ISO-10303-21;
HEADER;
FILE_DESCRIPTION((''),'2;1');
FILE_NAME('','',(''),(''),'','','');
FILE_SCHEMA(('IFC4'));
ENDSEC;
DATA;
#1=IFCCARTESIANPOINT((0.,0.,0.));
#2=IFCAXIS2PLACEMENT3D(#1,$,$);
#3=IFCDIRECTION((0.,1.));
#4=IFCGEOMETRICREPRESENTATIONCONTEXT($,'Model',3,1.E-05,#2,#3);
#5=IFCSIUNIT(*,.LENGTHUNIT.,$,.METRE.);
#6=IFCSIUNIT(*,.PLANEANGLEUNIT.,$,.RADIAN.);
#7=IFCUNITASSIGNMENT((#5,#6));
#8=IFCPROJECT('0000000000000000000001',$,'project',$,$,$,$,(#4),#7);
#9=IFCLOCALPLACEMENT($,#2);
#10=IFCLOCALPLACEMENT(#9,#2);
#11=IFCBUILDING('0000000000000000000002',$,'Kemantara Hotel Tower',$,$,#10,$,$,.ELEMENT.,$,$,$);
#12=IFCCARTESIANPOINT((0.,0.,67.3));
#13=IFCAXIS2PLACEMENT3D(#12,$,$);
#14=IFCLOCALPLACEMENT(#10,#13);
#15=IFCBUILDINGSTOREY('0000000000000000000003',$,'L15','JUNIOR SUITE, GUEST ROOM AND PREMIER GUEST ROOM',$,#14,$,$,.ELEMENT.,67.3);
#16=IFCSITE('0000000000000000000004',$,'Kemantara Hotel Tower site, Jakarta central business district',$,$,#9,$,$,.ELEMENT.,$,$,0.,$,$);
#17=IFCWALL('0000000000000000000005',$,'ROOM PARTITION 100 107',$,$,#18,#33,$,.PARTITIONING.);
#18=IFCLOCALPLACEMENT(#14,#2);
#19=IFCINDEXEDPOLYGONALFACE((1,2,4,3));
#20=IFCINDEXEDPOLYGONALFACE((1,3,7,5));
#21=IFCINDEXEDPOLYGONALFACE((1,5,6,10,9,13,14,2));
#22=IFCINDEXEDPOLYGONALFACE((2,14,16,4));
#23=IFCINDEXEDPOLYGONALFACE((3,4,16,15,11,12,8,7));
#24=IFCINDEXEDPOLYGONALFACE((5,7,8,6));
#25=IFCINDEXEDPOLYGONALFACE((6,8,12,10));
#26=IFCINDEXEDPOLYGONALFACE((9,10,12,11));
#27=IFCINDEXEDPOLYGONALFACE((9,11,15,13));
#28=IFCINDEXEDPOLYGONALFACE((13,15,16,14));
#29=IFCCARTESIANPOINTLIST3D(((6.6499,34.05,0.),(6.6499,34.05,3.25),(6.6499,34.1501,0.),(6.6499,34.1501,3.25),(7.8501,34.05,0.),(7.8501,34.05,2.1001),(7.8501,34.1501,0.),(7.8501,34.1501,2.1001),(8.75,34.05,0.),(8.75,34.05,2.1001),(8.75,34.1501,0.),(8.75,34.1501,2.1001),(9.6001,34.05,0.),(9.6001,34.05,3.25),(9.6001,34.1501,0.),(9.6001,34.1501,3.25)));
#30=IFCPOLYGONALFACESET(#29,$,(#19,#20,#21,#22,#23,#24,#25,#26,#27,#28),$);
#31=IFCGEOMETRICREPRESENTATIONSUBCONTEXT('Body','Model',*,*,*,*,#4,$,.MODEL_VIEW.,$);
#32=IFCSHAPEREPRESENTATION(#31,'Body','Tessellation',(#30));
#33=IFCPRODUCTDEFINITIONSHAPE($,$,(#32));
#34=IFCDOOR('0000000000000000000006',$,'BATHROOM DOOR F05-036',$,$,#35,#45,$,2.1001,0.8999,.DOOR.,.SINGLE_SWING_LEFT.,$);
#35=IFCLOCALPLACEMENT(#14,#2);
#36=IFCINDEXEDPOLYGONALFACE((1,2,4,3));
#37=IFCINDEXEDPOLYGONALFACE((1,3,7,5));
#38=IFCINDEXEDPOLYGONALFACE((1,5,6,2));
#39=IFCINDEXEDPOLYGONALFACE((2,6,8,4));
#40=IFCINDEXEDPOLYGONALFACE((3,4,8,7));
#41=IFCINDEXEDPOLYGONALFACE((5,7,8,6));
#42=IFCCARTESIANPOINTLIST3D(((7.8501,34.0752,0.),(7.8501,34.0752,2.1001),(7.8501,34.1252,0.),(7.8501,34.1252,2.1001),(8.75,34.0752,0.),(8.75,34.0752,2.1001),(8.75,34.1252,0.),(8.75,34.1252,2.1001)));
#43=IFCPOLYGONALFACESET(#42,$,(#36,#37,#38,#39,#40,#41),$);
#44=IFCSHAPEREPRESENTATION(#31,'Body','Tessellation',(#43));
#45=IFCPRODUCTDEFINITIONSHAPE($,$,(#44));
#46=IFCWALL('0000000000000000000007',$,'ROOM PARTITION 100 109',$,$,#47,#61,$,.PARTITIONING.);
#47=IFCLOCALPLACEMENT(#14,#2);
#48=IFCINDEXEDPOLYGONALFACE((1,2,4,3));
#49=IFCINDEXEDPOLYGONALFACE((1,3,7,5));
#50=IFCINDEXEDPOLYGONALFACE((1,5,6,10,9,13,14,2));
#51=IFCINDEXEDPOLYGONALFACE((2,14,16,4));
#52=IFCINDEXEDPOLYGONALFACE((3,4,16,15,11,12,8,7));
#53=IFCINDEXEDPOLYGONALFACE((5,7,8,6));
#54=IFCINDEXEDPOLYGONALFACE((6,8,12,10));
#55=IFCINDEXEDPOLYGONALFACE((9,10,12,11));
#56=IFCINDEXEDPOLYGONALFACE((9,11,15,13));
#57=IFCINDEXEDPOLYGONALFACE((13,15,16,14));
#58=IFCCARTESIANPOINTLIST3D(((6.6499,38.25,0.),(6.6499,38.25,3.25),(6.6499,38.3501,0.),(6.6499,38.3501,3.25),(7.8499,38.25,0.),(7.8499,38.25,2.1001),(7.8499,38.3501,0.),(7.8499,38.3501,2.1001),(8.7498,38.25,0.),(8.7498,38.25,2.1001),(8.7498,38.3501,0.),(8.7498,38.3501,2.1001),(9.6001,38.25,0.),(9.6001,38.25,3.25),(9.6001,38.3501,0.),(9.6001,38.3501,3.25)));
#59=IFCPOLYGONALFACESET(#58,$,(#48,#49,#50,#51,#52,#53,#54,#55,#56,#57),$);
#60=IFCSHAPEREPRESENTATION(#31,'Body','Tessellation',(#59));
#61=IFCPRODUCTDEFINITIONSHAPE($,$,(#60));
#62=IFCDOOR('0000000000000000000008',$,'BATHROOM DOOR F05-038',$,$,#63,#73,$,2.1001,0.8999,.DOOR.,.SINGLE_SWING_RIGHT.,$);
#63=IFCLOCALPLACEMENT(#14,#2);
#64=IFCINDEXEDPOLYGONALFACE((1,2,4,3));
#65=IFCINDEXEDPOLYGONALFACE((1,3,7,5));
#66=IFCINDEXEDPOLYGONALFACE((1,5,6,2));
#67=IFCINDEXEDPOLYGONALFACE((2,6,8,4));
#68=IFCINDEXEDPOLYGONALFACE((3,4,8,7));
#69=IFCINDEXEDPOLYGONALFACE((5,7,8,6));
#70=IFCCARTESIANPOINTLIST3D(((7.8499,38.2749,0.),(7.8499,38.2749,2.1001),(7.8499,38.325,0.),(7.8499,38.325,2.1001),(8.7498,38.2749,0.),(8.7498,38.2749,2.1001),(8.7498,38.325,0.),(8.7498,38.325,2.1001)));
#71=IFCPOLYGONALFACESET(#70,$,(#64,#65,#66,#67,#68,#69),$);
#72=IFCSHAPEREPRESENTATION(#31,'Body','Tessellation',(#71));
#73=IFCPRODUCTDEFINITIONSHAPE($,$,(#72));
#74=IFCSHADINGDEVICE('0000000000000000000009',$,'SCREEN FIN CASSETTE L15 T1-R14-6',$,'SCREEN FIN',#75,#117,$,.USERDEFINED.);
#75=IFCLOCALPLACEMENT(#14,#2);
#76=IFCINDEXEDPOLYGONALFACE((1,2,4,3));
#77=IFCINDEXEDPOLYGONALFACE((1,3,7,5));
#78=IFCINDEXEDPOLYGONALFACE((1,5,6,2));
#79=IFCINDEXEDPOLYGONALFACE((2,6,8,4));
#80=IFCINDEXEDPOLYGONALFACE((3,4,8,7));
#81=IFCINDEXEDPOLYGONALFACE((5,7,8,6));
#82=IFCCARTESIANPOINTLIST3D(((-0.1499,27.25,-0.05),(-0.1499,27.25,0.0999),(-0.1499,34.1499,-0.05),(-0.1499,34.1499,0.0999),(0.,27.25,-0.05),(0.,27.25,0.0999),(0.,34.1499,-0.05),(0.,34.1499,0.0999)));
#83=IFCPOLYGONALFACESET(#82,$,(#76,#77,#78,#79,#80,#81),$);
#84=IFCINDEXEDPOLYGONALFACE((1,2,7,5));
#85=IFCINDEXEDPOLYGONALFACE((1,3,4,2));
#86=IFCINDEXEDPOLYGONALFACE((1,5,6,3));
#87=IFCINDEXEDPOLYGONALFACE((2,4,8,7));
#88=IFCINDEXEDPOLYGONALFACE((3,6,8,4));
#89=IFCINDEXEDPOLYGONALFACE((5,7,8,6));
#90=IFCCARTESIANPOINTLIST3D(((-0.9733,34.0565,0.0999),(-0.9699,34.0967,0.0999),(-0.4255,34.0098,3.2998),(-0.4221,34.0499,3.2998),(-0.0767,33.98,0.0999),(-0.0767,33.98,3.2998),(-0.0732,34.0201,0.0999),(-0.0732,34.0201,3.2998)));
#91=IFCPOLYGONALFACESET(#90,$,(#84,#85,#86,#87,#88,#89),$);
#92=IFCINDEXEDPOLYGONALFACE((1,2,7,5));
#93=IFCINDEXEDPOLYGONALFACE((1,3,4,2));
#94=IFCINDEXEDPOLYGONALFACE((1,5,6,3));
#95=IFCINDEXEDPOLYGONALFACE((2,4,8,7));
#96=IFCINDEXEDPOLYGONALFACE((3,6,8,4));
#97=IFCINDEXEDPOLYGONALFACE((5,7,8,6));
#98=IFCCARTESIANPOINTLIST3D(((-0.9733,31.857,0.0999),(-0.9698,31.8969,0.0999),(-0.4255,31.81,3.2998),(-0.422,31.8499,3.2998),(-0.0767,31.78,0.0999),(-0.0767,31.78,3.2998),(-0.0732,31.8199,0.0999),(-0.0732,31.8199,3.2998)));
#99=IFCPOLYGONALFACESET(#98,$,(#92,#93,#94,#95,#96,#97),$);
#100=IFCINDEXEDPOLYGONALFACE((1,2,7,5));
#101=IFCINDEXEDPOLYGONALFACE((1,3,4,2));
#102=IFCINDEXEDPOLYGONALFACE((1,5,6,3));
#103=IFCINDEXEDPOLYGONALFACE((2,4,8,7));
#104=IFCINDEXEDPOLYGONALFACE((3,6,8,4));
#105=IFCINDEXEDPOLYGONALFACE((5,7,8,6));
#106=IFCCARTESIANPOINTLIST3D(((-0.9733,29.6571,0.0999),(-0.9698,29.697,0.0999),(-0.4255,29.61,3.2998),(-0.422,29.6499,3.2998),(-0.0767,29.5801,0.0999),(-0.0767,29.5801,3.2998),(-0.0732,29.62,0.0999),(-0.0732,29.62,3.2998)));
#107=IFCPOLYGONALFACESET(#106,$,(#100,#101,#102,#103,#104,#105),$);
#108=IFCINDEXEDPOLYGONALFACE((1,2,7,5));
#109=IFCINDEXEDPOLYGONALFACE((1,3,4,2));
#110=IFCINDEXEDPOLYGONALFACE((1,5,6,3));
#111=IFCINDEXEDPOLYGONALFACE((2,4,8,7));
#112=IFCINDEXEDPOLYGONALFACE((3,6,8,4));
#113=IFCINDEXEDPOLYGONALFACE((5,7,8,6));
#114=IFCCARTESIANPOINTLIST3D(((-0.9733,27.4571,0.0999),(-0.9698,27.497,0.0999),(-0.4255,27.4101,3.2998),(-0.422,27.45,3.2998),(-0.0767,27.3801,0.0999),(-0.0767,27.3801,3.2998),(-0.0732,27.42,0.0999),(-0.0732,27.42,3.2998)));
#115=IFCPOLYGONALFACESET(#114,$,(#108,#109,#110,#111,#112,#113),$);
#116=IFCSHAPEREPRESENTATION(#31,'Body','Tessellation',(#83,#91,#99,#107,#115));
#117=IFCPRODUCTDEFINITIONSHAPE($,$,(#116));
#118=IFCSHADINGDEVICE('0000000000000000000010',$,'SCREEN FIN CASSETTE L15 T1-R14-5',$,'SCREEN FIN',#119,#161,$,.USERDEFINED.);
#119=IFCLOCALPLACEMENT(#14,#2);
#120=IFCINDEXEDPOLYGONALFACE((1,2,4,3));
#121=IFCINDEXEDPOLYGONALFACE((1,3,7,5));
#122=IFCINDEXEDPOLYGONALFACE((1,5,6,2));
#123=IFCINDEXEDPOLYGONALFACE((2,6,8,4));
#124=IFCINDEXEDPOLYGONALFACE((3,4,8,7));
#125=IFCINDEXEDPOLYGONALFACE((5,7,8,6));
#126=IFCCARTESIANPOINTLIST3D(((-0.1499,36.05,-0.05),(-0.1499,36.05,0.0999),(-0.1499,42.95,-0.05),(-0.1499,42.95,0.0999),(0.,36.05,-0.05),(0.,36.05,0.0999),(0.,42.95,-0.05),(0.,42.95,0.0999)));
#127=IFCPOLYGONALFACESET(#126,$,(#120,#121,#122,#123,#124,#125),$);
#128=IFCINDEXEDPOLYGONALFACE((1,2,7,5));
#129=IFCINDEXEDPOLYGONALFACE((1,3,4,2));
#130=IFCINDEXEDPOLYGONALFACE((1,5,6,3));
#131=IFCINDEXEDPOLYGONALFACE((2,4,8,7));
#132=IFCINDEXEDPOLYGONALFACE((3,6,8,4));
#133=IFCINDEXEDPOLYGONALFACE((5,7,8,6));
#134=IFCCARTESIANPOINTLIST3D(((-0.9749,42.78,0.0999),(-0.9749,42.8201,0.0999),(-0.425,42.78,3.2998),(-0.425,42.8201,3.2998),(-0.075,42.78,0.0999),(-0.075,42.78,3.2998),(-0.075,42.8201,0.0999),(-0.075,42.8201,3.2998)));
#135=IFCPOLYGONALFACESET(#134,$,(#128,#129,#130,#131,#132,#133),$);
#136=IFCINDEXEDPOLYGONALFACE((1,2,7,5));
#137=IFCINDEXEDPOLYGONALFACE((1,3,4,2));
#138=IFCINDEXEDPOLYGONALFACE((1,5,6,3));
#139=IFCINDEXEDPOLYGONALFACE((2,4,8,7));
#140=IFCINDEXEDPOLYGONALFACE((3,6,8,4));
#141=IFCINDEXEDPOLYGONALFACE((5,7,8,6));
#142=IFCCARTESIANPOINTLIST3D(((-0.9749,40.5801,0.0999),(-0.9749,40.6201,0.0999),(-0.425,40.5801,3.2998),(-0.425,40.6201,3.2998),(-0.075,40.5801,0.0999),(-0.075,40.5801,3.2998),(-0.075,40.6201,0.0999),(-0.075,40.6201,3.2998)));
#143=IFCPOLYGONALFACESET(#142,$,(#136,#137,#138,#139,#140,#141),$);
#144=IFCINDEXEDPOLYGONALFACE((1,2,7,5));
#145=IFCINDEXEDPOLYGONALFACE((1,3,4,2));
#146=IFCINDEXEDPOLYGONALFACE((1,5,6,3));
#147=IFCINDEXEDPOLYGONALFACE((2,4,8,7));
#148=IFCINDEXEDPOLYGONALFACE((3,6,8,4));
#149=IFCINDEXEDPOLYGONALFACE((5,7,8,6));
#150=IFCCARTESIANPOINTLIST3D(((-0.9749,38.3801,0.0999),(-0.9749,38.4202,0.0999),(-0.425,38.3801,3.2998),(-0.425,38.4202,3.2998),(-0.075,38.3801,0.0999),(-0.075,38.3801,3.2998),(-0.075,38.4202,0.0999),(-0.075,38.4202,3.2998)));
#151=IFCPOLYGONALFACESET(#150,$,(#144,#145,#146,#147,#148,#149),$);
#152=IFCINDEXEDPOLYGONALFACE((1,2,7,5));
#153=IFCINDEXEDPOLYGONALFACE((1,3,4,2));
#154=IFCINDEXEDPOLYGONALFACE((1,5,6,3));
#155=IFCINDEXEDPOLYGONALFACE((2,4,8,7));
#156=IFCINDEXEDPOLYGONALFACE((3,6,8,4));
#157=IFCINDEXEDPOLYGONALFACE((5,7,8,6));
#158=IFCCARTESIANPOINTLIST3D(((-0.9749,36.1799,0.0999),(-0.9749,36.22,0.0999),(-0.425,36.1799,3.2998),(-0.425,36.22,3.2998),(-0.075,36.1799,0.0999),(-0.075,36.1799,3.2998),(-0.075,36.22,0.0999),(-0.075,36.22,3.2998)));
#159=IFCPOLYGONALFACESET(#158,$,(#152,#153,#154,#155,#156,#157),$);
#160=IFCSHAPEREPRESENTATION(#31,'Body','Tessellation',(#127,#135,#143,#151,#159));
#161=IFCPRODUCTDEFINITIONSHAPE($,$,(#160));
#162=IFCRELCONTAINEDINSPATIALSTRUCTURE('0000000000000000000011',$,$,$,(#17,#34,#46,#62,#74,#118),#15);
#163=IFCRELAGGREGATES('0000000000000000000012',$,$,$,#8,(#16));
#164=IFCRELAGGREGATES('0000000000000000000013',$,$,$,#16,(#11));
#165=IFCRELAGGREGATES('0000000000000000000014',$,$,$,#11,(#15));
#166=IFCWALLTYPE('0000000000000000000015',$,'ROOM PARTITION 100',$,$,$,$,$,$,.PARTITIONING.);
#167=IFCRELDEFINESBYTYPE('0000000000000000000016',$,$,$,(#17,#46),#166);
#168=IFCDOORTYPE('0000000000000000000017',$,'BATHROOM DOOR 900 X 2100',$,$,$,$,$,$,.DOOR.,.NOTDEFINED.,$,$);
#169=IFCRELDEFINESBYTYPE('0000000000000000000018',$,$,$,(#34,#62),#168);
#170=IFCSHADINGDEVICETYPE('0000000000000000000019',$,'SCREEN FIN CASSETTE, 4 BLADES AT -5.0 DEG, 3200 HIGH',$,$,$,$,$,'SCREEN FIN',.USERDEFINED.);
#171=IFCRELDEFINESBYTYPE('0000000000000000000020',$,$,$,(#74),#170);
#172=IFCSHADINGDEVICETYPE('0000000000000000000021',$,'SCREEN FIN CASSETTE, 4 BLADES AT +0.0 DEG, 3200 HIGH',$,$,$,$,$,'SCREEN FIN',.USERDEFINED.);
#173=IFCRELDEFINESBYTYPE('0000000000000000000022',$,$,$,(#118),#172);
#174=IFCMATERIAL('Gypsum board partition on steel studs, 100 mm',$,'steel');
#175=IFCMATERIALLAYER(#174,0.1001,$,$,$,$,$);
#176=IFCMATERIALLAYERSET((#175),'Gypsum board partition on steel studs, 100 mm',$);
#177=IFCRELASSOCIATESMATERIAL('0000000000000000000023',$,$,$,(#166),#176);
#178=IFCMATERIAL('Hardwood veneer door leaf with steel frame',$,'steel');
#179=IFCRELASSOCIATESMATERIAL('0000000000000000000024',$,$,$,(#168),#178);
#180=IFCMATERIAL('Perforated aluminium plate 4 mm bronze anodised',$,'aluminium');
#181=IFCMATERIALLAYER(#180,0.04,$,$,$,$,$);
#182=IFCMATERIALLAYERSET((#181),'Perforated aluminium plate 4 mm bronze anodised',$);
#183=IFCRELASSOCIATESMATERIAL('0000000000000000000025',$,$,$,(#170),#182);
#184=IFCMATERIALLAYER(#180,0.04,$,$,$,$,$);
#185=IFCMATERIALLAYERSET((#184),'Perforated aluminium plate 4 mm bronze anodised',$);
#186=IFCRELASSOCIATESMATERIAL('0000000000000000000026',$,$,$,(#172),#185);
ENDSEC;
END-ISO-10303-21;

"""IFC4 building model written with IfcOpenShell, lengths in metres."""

from ifc_helpers import new_model, si_unit, direction, frame, frame_2d, origin, origin_2d, place, context, subcontext, project, spatial, polyline, rectangle, outline, extrude, source, transform, mapped, material, layer, layer_set, type_object, element, fill, save


model = new_model("IFC4")

# Units and contexts
model_context = context("Model", 3, precision=1e-05, world=origin(), true_north=direction((0.0, 1.0)))
body_context = subcontext(model_context, "Body", "Model", "MODEL_VIEW")
ifc_project = project(units=[si_unit("LENGTHUNIT", "METRE"), si_unit("PLANEANGLEUNIT", "RADIAN")], contexts=[model_context])

# Site, building, storey
site_placement = place(None, origin())
site = spatial("IfcSite", under=ifc_project, at=site_placement, Name="Kemantara Hotel Tower site, Jakarta central business district", CompositionType="ELEMENT", RefElevation=0.0)
building_placement = place(site_placement, origin())
building = spatial("IfcBuilding", under=site, at=building_placement, Name="Kemantara Hotel Tower", CompositionType="ELEMENT")
storey_placement = place(building_placement, frame((0.0, 0.0, 67.3)))
storey = spatial("IfcBuildingStorey", under=building, at=storey_placement, Name="L15", Description="JUNIOR SUITE, GUEST ROOM AND PREMIER GUEST ROOM", CompositionType="ELEMENT", Elevation=67.3)

# Shared definitions
ifc_material_1 = material(Name="Hardwood veneer door leaf with steel frame", Category="steel")

# Shared definitions
ifc_material_2 = material(Name="Gypsum board partition on steel studs, 100 mm", Category="steel")
ifc_layer_1 = layer(ifc_material_2, 0.1001)
ifc_layer_set_1 = layer_set([ifc_layer_1], Name="Gypsum board partition on steel studs, 100 mm")
wall_type_1 = type_object("IfcWallType", Name="ROOM PARTITION 100", PredefinedType="PARTITIONING", material=ifc_layer_set_1)

# Walls, openings, doors
wall_1_placement = place(storey_placement, frame((9.6001, 34.1001, 0.0), z_axis=(0.0, 0.0, 1.0), x_axis=(-1.0, 0.0, 0.0)))
wall_1 = element("IfcWall", 1, at=wall_1_placement, inside=storey, type_object=wall_type_1, Name="ROOM PARTITION 100 107", PredefinedType="PARTITIONING", context=body_context, shape_type="SweptSolid", body=[
    extrude(rectangle(XDim=2.9502, YDim=0.1001, at=frame_2d((1.4751, 0.0))), origin(), (0.0, 0.0, 1.0), 3.25),
])
opening_1_placement = place(wall_1_placement, frame((0.8501, 0.0, 0.0)))
opening_1 = element("IfcOpeningElement", 2, at=opening_1_placement, cuts=wall_1, PredefinedType="OPENING", context=body_context, shape_type="SweptSolid", body=[
    extrude(rectangle(XDim=0.8999, YDim=2.1001, at=frame_2d((0.45, 1.05))), frame((0.0, 0.0601, 0.0), z_axis=(0.0, -1.0, 0.0), x_axis=(1.0, 0.0, 0.0)), (0.0, 0.0, 1.0), 0.1201),
])
door_type_1 = type_object("IfcDoorType", Name="BATHROOM DOOR 900 X 2100", OperationType="NOTDEFINED", PredefinedType="DOOR", material=ifc_material_1)
door_1_placement = place(opening_1_placement, origin())
door_1 = element("IfcDoor", 3, at=door_1_placement, inside=storey, type_object=door_type_1, Name="BATHROOM DOOR F05-036", OperationType="SINGLE_SWING_LEFT", OverallHeight=2.1001, OverallWidth=0.8999, PredefinedType="DOOR", context=body_context, shape_type="SweptSolid", body=[
    extrude(rectangle(XDim=0.8999, YDim=2.1001, at=frame_2d((0.45, 1.05))), frame((0.0, 0.0249, 0.0), z_axis=(0.0, -1.0, 0.0), x_axis=(1.0, 0.0, 0.0)), (0.0, 0.0, 1.0), 0.05),
])
fill(opening_1, door_1)
wall_2_placement = place(storey_placement, frame((6.6499, 38.3, 0.0), z_axis=(0.0, 0.0, 1.0), x_axis=(1.0, 0.0, 0.0)))
wall_2 = element("IfcWall", 4, at=wall_2_placement, inside=storey, type_object=wall_type_1, Name="ROOM PARTITION 100 109", PredefinedType="PARTITIONING", context=body_context, shape_type="SweptSolid", body=[
    extrude(rectangle(XDim=2.9502, YDim=0.1001, at=frame_2d((1.4751, 0.0))), origin(), (0.0, 0.0, 1.0), 3.25),
])
opening_2_placement = place(wall_2_placement, frame((1.2, 0.0, 0.0)))
opening_2 = element("IfcOpeningElement", 5, at=opening_2_placement, cuts=wall_2, PredefinedType="OPENING", context=body_context, shape_type="SweptSolid", body=[
    extrude(rectangle(XDim=0.8999, YDim=2.1001, at=frame_2d((0.45, 1.05))), frame((0.0, 0.0601, 0.0), z_axis=(0.0, -1.0, 0.0), x_axis=(1.0, 0.0, 0.0)), (0.0, 0.0, 1.0), 0.1201),
])
door_2_placement = place(opening_2_placement, origin())
door_2 = element("IfcDoor", 6, at=door_2_placement, inside=storey, type_object=door_type_1, Name="BATHROOM DOOR F05-038", OperationType="SINGLE_SWING_RIGHT", OverallHeight=2.1001, OverallWidth=0.8999, PredefinedType="DOOR", context=body_context, shape_type="SweptSolid", body=[
    extrude(rectangle(XDim=0.8999, YDim=2.1001, at=frame_2d((0.45, 1.05))), frame((0.0, 0.0249, 0.0), z_axis=(0.0, -1.0, 0.0), x_axis=(1.0, 0.0, 0.0)), (0.0, 0.0, 1.0), 0.05),
])
fill(opening_2, door_2)

# Shading devices
ifc_material_3 = material(Name="Perforated aluminium plate 4 mm bronze anodised", Category="aluminium")
ifc_layer_2 = layer(ifc_material_3, 0.04)
ifc_layer_set_2 = layer_set([ifc_layer_2], Name="Perforated aluminium plate 4 mm bronze anodised")
shading_device_type_1 = type_object("IfcShadingDeviceType", Name="SCREEN FIN CASSETTE, 4 BLADES AT -5.0 DEG, 3200 HIGH", ElementType="SCREEN FIN", PredefinedType="USERDEFINED", material=ifc_layer_set_2)
shared_shape_1 = source(origin(), body_context, "Body", "SweptSolid", [
    extrude(rectangle(XDim=6.8999, YDim=0.1499, at=origin_2d()), frame((3.3, -0.075, -0.1499), z_axis=(0.0, 0.0, 1.0), x_axis=(1.0, 0.0, 0.0)), (0.0, 0.0, 1.0), 0.1499),
    extrude(outline(polyline([(0.0, 0.0), (0.8999, 0.0), (0.3501, 3.2), (0.0, 3.2), (0.0, 0.0)])), frame((0.02, -0.0767, 0.0), z_axis=(-0.996376, 0.085056, 0.0), x_axis=(-0.085056, -0.996376, 0.0)), (0.0, 0.0, 1.0), 0.0403),
    extrude(outline(polyline([(0.0, 0.0), (0.8999, 0.0), (0.3501, 3.2), (0.0, 3.2), (0.0, 0.0)])), frame((2.22, -0.0767, 0.0), z_axis=(-0.996332, 0.085575, 0.0), x_axis=(-0.085575, -0.996332, 0.0)), (0.0, 0.0, 1.0), 0.04),
    extrude(outline(polyline([(0.0, 0.0), (0.8999, 0.0), (0.3501, 3.2), (0.0, 3.2), (0.0, 0.0)])), frame((4.4199, -0.0767, 0.0), z_axis=(-0.996332, 0.085575, 0.0), x_axis=(-0.085575, -0.996332, 0.0)), (0.0, 0.0, 1.0), 0.04),
    extrude(outline(polyline([(0.0, 0.0), (0.8999, 0.0), (0.3501, 3.2), (0.0, 3.2), (0.0, 0.0)])), frame((6.6199, -0.0767, 0.0), z_axis=(-0.996332, 0.085575, 0.0), x_axis=(-0.085575, -0.996332, 0.0)), (0.0, 0.0, 1.0), 0.04),
])
shading_device_1_placement = place(storey_placement, frame((0.0, 34.0, 0.0999), z_axis=(0.0, 0.0, 1.0), x_axis=(0.0, -1.0, 0.0)))
element("IfcShadingDevice", 7, at=shading_device_1_placement, inside=storey, type_object=shading_device_type_1, Name="SCREEN FIN CASSETTE L15 T1-R14-6", ObjectType="SCREEN FIN", PredefinedType="USERDEFINED", context=body_context, shape_type="MappedRepresentation", body=[
    mapped(shared_shape_1, transform((0.0, 0.0, 0.0))),
])
ifc_layer_3 = layer(ifc_material_3, 0.04)
ifc_layer_set_3 = layer_set([ifc_layer_3], Name="Perforated aluminium plate 4 mm bronze anodised")
shading_device_type_2 = type_object("IfcShadingDeviceType", Name="SCREEN FIN CASSETTE, 4 BLADES AT +0.0 DEG, 3200 HIGH", ElementType="SCREEN FIN", PredefinedType="USERDEFINED", material=ifc_layer_set_3)
shared_shape_2 = source(origin(), body_context, "Body", "SweptSolid", [
    extrude(rectangle(XDim=6.8999, YDim=0.1499, at=origin_2d()), frame((3.3, -0.075, -0.1499), z_axis=(0.0, 0.0, 1.0), x_axis=(1.0, 0.0, 0.0)), (0.0, 0.0, 1.0), 0.1499),
    extrude(outline(polyline([(0.0, 0.0), (0.8999, 0.0), (0.3501, 3.2), (0.0, 3.2), (0.0, 0.0)])), frame((0.02, -0.075, 0.0), z_axis=(-1.0, 0.0, 0.0), x_axis=(0.0, -1.0, 0.0)), (0.0, 0.0, 1.0), 0.04),
    extrude(outline(polyline([(0.0, 0.0), (0.8999, 0.0), (0.3501, 3.2), (0.0, 3.2), (0.0, 0.0)])), frame((2.22, -0.075, 0.0), z_axis=(-1.0, 0.0, 0.0), x_axis=(0.0, -1.0, 0.0)), (0.0, 0.0, 1.0), 0.04),
    extrude(outline(polyline([(0.0, 0.0), (0.8999, 0.0), (0.3501, 3.2), (0.0, 3.2), (0.0, 0.0)])), frame((4.4199, -0.075, 0.0), z_axis=(-1.0, 0.0, 0.0), x_axis=(0.0, -1.0, 0.0)), (0.0, 0.0, 1.0), 0.04),
    extrude(outline(polyline([(0.0, 0.0), (0.8999, 0.0), (0.3501, 3.2), (0.0, 3.2), (0.0, 0.0)])), frame((6.6201, -0.075, 0.0), z_axis=(-1.0, 0.0, 0.0), x_axis=(0.0, -1.0, 0.0)), (0.0, 0.0, 1.0), 0.04),
])
shading_device_2_placement = place(storey_placement, frame((0.0, 42.8, 0.0999), z_axis=(0.0, 0.0, 1.0), x_axis=(0.0, -1.0, 0.0)))
element("IfcShadingDevice", 8, at=shading_device_2_placement, inside=storey, type_object=shading_device_type_2, Name="SCREEN FIN CASSETTE L15 T1-R14-5", ObjectType="SCREEN FIN", PredefinedType="USERDEFINED", context=body_context, shape_type="MappedRepresentation", body=[
    mapped(shared_shape_2, transform((0.0, 0.0, 0.0))),
])

save(model, "model.ifc")
